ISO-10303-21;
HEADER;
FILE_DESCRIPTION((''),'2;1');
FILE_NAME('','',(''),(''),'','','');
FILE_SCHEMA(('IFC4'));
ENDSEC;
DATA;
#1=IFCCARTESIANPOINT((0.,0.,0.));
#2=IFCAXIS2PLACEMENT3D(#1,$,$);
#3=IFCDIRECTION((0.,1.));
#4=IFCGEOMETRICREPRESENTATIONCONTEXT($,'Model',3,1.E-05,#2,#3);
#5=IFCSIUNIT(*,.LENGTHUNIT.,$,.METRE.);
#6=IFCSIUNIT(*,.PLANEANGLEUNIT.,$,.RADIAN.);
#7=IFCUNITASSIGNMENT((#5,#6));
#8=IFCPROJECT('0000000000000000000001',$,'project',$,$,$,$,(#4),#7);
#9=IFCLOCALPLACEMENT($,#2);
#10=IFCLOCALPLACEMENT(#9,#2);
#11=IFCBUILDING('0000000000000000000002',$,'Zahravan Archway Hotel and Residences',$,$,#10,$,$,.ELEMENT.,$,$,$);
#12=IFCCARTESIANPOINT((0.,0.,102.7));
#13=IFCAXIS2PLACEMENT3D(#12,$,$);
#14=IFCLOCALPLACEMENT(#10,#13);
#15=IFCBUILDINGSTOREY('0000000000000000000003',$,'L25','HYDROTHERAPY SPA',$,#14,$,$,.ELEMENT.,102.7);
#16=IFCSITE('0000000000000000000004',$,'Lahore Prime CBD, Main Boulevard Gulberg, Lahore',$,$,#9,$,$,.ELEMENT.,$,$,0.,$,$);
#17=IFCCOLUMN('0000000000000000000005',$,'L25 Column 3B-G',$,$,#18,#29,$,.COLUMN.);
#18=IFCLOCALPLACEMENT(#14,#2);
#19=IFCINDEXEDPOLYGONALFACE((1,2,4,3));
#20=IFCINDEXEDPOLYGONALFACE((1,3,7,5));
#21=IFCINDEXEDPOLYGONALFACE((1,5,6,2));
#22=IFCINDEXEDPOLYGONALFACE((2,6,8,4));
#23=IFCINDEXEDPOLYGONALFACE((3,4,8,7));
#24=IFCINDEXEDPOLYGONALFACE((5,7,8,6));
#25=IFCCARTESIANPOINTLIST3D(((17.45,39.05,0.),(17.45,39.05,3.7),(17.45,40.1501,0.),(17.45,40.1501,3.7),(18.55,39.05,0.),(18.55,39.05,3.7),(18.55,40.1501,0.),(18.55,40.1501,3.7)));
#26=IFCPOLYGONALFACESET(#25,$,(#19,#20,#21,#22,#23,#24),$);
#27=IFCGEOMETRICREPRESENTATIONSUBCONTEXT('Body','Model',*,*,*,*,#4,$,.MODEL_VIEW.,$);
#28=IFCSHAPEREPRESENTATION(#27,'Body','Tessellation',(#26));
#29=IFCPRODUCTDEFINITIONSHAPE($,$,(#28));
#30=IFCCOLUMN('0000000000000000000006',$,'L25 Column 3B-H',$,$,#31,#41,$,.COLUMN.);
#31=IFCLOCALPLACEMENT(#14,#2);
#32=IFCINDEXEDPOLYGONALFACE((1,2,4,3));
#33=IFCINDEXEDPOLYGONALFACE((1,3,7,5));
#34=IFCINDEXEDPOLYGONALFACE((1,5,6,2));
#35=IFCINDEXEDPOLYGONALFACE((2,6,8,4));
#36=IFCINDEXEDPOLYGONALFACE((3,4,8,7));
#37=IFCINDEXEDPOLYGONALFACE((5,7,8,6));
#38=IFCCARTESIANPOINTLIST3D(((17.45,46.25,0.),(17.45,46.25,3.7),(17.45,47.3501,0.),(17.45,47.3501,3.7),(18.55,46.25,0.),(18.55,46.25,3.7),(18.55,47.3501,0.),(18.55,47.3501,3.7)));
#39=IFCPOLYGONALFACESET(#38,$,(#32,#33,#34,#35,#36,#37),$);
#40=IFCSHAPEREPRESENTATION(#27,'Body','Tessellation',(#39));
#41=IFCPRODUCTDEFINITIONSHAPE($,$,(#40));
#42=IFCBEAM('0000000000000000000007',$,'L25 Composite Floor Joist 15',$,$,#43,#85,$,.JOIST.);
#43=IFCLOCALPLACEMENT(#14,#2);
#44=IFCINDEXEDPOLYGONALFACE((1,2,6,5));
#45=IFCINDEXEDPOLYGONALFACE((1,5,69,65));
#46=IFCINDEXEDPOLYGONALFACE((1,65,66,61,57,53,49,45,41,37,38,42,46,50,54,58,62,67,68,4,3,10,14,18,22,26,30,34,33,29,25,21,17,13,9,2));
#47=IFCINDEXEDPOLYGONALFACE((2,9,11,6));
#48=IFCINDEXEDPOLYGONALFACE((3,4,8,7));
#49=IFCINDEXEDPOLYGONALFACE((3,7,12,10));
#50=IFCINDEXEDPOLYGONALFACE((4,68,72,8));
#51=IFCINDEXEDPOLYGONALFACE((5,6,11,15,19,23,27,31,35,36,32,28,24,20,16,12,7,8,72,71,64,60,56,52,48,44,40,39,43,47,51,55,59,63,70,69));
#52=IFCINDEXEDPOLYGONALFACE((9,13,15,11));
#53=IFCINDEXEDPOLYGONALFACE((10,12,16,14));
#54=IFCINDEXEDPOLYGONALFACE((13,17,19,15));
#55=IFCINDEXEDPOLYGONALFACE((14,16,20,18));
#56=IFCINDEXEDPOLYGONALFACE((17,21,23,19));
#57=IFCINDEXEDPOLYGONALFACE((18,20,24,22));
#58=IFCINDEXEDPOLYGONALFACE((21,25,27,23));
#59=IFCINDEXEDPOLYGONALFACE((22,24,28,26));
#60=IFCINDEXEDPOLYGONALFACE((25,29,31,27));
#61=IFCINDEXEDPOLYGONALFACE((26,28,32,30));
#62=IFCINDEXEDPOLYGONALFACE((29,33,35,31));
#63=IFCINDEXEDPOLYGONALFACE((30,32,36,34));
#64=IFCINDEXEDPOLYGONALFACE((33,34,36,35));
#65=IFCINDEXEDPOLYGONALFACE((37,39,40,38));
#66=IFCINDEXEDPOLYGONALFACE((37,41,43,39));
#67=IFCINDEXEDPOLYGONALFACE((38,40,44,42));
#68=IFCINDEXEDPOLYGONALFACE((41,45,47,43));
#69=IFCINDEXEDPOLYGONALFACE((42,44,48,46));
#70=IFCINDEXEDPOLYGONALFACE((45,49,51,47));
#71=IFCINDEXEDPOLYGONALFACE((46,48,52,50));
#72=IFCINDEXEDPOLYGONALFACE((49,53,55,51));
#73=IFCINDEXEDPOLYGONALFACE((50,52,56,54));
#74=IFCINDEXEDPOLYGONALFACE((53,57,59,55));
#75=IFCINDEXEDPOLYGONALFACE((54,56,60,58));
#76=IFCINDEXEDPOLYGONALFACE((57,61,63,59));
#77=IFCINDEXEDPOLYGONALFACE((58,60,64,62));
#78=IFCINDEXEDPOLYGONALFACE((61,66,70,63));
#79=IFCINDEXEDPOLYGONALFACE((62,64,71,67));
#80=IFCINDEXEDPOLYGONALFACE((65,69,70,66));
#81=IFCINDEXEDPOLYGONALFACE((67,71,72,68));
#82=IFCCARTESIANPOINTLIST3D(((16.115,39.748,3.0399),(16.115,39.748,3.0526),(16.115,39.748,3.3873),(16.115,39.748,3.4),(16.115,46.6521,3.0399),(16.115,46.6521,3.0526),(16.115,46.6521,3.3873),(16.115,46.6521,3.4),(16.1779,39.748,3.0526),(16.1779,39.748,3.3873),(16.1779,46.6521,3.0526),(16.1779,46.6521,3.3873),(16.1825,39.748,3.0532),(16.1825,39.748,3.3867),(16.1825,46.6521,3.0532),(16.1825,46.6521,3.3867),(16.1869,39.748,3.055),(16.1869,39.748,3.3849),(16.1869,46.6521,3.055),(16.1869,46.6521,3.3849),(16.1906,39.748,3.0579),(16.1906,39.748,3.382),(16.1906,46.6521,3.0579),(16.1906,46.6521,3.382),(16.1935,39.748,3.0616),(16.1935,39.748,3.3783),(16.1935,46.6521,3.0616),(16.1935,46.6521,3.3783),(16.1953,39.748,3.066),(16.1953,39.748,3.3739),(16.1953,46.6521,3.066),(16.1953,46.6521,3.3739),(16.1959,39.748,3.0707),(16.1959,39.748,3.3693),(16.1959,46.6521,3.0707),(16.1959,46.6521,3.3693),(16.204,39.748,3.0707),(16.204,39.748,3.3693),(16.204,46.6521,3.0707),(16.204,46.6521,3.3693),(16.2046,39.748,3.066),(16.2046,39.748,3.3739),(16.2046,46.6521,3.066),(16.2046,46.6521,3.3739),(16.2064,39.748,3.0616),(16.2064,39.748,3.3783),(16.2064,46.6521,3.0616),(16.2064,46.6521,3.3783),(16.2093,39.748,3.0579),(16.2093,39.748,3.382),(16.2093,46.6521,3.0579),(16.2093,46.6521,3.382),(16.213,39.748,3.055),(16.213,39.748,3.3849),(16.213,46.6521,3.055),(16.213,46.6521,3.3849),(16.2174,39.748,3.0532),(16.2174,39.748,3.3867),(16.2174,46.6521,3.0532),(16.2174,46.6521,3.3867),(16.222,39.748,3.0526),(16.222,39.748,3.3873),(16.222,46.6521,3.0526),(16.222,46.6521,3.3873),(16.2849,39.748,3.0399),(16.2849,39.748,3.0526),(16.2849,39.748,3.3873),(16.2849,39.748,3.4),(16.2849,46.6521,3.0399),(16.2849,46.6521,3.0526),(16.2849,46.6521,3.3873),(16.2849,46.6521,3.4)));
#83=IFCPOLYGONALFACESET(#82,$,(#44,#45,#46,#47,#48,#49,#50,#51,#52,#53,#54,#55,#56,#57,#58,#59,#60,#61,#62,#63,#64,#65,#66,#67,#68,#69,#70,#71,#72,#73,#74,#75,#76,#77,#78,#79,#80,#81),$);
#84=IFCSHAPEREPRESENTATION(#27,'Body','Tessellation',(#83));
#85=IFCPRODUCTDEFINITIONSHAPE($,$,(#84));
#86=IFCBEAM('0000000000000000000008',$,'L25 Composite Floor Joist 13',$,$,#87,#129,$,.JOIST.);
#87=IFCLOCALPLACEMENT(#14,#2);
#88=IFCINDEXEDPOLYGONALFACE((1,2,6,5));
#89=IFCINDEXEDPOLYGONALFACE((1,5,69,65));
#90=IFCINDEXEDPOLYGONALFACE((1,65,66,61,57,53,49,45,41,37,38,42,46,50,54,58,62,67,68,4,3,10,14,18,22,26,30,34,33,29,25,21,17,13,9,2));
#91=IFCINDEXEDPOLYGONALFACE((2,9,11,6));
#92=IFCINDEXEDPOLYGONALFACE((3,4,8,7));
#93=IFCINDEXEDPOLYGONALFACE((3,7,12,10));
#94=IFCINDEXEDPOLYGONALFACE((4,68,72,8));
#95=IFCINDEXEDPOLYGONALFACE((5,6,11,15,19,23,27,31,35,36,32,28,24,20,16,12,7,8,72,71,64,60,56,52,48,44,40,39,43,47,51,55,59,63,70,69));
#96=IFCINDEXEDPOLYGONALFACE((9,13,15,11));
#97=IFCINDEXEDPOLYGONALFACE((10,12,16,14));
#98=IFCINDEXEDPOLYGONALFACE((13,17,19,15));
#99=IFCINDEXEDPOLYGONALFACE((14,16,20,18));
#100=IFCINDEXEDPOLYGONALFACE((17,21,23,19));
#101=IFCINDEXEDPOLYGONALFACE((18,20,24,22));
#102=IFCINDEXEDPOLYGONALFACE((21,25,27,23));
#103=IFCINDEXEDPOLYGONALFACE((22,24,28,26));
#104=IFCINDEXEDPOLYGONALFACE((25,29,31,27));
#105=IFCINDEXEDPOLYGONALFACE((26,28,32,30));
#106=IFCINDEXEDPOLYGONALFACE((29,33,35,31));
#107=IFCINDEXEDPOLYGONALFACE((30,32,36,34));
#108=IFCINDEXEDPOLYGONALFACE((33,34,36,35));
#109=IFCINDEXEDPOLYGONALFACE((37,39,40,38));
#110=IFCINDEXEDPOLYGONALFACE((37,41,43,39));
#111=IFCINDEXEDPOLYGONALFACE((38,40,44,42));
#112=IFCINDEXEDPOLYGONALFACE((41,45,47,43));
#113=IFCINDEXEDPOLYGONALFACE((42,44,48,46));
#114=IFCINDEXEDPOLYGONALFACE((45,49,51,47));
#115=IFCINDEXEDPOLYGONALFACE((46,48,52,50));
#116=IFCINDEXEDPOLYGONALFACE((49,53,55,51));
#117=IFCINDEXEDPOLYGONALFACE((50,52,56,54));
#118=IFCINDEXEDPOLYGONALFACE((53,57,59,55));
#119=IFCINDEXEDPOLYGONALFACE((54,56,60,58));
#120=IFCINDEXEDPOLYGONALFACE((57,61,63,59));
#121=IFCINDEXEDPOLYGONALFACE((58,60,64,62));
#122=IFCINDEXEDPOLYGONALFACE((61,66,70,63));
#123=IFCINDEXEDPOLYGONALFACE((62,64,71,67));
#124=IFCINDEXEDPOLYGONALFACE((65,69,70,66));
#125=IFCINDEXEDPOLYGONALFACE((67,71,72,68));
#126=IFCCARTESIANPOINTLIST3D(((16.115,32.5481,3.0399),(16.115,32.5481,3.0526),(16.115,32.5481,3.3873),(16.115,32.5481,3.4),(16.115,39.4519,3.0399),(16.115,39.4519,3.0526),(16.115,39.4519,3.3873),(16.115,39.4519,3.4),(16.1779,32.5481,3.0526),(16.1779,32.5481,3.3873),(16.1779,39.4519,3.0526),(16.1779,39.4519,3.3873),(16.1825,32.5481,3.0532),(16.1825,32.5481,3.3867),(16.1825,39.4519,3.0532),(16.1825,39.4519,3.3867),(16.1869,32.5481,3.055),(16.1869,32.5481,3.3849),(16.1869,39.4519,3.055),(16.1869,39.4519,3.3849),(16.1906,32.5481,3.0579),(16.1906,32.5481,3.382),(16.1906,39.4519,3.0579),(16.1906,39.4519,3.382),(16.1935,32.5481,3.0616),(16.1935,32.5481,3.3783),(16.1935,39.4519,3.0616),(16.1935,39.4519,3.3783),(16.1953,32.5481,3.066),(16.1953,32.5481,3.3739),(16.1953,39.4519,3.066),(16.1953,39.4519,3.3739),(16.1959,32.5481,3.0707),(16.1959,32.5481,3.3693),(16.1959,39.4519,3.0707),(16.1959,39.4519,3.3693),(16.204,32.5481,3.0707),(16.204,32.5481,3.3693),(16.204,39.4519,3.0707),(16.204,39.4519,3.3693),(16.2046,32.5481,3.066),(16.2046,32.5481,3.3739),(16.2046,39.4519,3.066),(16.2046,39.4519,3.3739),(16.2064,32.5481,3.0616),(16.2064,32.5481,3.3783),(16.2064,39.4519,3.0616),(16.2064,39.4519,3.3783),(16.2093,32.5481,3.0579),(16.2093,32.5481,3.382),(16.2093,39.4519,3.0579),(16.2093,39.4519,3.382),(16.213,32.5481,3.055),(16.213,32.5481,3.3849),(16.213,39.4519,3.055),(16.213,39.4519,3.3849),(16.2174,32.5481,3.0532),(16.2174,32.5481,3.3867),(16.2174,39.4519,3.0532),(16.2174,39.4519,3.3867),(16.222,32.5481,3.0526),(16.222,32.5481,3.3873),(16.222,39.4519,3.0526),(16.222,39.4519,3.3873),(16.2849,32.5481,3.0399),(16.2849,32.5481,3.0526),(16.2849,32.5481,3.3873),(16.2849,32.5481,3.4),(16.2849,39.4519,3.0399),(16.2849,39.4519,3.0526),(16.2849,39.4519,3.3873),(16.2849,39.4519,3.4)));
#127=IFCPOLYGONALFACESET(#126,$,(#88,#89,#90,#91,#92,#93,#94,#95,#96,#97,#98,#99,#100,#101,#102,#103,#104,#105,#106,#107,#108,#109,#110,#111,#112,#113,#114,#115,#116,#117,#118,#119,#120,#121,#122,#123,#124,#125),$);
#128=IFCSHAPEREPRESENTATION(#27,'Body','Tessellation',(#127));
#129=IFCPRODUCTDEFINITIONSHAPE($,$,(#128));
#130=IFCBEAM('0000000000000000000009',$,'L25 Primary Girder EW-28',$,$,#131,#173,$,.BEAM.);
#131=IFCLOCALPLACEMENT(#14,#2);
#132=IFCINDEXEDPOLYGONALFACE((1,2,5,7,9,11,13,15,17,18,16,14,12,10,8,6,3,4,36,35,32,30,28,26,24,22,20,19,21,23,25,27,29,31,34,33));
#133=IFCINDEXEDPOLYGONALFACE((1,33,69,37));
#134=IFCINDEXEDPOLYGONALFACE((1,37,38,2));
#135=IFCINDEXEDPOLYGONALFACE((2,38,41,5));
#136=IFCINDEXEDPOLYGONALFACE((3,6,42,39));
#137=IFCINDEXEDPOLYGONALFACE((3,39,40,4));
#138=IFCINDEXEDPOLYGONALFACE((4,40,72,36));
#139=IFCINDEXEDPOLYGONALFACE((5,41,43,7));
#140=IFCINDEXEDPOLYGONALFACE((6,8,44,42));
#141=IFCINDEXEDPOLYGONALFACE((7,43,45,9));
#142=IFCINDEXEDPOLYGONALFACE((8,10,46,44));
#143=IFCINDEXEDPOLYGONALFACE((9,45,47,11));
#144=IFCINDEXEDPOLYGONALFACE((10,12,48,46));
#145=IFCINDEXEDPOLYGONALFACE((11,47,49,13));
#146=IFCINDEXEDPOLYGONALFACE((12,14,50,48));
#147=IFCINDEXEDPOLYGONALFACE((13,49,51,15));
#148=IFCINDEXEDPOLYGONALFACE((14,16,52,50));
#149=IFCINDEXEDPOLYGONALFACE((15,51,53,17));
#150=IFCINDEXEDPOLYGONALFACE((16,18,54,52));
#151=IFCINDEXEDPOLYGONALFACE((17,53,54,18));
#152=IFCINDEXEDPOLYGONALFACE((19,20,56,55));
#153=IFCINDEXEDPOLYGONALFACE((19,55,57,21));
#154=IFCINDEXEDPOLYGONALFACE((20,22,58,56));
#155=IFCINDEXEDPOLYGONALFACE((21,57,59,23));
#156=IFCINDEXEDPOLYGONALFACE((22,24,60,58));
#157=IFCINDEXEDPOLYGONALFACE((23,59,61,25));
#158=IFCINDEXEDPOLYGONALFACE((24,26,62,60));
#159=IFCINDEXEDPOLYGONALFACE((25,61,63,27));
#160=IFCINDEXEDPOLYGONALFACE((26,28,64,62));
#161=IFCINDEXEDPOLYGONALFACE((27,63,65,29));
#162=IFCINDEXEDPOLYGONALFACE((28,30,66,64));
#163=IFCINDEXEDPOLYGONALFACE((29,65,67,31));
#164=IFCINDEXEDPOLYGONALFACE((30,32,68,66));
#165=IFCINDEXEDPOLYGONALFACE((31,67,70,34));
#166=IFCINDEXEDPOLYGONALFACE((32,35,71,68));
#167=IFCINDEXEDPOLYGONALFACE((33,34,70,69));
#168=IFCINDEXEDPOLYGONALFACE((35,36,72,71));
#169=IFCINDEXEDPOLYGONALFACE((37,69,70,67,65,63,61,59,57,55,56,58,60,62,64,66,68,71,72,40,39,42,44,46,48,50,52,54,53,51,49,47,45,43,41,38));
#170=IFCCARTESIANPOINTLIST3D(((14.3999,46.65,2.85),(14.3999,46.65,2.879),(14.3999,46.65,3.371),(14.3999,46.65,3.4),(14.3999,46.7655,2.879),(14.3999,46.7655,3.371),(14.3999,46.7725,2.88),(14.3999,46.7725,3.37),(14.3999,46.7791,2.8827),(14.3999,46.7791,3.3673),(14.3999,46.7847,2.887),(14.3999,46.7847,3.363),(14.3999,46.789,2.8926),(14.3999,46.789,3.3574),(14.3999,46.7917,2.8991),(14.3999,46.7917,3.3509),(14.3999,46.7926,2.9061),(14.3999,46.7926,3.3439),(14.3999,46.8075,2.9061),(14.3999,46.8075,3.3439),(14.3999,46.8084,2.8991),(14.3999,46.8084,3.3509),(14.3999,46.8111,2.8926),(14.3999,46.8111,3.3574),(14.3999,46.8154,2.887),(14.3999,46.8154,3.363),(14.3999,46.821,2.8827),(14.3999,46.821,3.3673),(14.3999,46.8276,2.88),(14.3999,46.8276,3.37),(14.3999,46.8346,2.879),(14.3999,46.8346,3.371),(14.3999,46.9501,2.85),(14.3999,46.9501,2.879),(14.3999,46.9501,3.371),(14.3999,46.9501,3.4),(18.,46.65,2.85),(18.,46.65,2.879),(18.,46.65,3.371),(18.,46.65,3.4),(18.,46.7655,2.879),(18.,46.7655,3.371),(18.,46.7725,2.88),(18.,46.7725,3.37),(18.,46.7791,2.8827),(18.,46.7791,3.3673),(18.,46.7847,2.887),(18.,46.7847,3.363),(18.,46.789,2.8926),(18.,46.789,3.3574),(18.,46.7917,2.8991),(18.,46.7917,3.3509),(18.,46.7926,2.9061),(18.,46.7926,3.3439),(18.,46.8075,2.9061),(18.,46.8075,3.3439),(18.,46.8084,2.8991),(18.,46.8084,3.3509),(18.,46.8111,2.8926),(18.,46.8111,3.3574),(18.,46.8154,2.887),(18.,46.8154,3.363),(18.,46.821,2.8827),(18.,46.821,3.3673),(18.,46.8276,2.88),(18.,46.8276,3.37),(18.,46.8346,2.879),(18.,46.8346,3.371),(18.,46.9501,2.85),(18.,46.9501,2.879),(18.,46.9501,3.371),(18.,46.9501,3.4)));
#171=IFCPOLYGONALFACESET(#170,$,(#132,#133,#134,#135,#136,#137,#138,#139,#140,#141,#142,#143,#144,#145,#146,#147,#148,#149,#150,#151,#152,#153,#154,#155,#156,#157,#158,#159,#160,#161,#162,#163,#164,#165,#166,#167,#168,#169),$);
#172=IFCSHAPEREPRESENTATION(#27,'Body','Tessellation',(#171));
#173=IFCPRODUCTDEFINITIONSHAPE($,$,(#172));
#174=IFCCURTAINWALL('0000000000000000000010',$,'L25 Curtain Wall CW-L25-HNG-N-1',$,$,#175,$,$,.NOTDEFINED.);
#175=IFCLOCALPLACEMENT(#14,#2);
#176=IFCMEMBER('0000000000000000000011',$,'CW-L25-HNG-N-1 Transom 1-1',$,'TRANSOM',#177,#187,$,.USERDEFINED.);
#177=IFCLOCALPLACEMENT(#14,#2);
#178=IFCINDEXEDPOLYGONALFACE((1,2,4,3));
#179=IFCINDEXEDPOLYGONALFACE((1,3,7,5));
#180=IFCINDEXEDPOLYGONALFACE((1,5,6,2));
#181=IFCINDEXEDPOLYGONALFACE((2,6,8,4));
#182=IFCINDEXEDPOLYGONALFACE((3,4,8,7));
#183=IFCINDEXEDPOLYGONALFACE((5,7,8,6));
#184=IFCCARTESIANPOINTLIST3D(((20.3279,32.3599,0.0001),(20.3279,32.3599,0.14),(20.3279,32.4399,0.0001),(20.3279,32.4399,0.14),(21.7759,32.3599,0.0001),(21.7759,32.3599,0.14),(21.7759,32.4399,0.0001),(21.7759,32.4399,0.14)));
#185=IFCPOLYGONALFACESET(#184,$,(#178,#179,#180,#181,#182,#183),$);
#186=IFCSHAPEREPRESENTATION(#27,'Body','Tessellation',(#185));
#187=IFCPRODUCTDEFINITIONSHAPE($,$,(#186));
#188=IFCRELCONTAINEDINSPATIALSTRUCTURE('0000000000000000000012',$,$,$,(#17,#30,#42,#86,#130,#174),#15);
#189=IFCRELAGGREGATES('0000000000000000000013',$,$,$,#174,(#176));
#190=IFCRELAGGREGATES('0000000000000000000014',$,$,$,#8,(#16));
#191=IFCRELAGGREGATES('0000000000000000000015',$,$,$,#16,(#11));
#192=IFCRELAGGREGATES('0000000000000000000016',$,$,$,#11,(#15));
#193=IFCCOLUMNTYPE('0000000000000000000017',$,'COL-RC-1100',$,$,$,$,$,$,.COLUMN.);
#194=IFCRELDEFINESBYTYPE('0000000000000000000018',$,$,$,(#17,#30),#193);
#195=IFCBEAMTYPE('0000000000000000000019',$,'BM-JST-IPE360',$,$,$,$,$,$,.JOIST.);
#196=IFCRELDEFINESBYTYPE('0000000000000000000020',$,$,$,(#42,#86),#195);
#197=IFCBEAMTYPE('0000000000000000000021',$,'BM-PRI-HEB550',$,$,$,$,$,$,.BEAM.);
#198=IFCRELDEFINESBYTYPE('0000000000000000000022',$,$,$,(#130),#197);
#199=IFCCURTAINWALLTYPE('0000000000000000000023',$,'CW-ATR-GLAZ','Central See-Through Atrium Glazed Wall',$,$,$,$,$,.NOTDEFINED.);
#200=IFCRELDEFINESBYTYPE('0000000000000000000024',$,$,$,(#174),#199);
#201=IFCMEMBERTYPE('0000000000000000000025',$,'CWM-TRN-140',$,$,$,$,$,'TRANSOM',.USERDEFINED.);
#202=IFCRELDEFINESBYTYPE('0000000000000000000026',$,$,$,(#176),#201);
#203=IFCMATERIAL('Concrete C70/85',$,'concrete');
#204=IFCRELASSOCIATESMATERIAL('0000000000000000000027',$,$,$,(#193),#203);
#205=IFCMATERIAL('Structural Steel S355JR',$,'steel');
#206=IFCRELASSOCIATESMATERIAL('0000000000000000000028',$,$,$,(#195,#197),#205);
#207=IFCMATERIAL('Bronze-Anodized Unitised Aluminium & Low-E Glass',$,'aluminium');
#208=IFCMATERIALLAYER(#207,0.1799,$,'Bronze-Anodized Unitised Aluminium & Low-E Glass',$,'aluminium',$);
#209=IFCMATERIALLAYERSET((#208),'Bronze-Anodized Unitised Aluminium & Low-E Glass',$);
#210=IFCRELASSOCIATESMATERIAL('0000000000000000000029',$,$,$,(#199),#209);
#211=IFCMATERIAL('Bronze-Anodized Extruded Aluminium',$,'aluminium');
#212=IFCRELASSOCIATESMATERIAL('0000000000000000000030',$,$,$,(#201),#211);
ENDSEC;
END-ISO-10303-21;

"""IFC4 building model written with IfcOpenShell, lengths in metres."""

from ifc_helpers import new_model, si_unit, direction, frame, origin, origin_2d, place, context, subcontext, project, spatial, rectangle, i_section, extrude, source, transform, mapped, material, layer, layer_set, material_profile, profile_set, type_object, type_shapes, element, aggregate, save


model = new_model("IFC4")

# Units and contexts
model_context = context("Model", 3, precision=1e-05, world=origin(), true_north=direction((0.0, 1.0)))
body_context = subcontext(model_context, "Body", "Model", "MODEL_VIEW")
ifc_project = project(units=[si_unit("LENGTHUNIT", "METRE"), si_unit("PLANEANGLEUNIT", "RADIAN")], contexts=[model_context])

# Site, building, storey
site_placement = place(None, origin())
site = spatial("IfcSite", under=ifc_project, at=site_placement, Name="Lahore Prime CBD, Main Boulevard Gulberg, Lahore", CompositionType="ELEMENT", RefElevation=0.0)
building_placement = place(site_placement, origin())
building = spatial("IfcBuilding", under=site, at=building_placement, Name="Zahravan Archway Hotel and Residences", CompositionType="ELEMENT")
storey_placement = place(building_placement, frame((0.0, 0.0, 102.7)))
storey = spatial("IfcBuildingStorey", under=building, at=storey_placement, Name="L25", Description="HYDROTHERAPY SPA", CompositionType="ELEMENT", Elevation=102.7)

# Columns
ifc_material_1 = material(Name="Concrete C70/85", Category="concrete")
ifc_material_profile_1 = material_profile(ifc_material_1, rectangle(XDim=1.1001, YDim=1.1001, at=origin_2d()), Name="RC 1100x1100", Category="concrete")
ifc_profile_set_1 = profile_set([ifc_material_profile_1], Name="Concrete C70/85")
column_type = type_object("IfcColumnType", Name="COL-RC-1100", PredefinedType="COLUMN", material=ifc_profile_set_1)
shared_shape_1 = source(origin(), body_context, "Body", "SweptSolid", [
    extrude(rectangle(XDim=1.1001, YDim=1.1001, at=origin_2d()), origin(), (0.0, 0.0, 1.0), 3.7),
])
for number, where, z_axis, x_axis, name in (
    (1, (18.0, 39.6001, 0.0), (0.0, 0.0, 1.0), (1.0, 0.0, 0.0), "L25 Column 3B-G"),
    (2, (18.0, 46.8, 0.0), (0.0, 0.0, 1.0), (1.0, 0.0, 0.0), "L25 Column 3B-H"),
):
    element("IfcColumn", number, at=place(storey_placement, frame(where, z_axis=z_axis, x_axis=x_axis)), inside=storey, type_object=column_type, Name=name, PredefinedType="COLUMN", context=body_context, shape_type="MappedRepresentation", body=[
        mapped(shared_shape_1, transform((0.0, 0.0, 0.0), scale=1.0)),
    ])

# Beams
ifc_material_2 = material(Name="Structural Steel S355JR", Category="steel")
ifc_material_profile_2 = material_profile(ifc_material_2, i_section(OverallWidth=0.1699, OverallDepth=0.3601, WebThickness=0.0081, FlangeThickness=0.0127, FilletRadius=0.0181, at=origin_2d()), Name="IPE 360", Category="steel")
ifc_profile_set_2 = profile_set([ifc_material_profile_2], Name="Structural Steel S355JR")
beam_type_1 = type_object("IfcBeamType", Name="BM-JST-IPE360", PredefinedType="JOIST", material=ifc_profile_set_2)
shared_shape_2 = source(origin(), body_context, "Body", "SweptSolid", [
    extrude(i_section(OverallWidth=0.1699, OverallDepth=0.3601, WebThickness=0.0081, FlangeThickness=0.0127, FilletRadius=0.0181, at=origin_2d()), origin(), (0.0, 0.0, 1.0), 6.9041),
])
type_shapes(beam_type_1, [shared_shape_2])
beam_1_placement = place(storey_placement, frame((16.2, 39.748, 3.22), z_axis=(0.0, 1.0, 0.0), x_axis=(-1.0, 0.0, 0.0)))
element("IfcBeam", 3, at=beam_1_placement, inside=storey, type_object=beam_type_1, Name="L25 Composite Floor Joist 15", PredefinedType="JOIST", context=body_context, shape_type="MappedRepresentation", body=[
    mapped(shared_shape_2, transform((0.0, 0.0, 0.0), scale=1.0)),
])
shared_shape_3 = source(origin(), body_context, "Body", "SweptSolid", [
    extrude(i_section(OverallWidth=0.1699, OverallDepth=0.3601, WebThickness=0.0081, FlangeThickness=0.0127, FilletRadius=0.0181, at=origin_2d()), origin(), (0.0, 0.0, 1.0), 6.9038),
])
beam_2_placement = place(storey_placement, frame((16.2, 32.5481, 3.22), z_axis=(0.0, 1.0, 0.0), x_axis=(-1.0, 0.0, 0.0)))
element("IfcBeam", 4, at=beam_2_placement, inside=storey, type_object=beam_type_1, Name="L25 Composite Floor Joist 13", PredefinedType="JOIST", context=body_context, shape_type="MappedRepresentation", body=[
    mapped(shared_shape_3, transform((0.0, 0.0, 0.0), scale=1.0)),
])
ifc_material_profile_3 = material_profile(ifc_material_2, i_section(OverallWidth=0.3, OverallDepth=0.55, WebThickness=0.0149, FlangeThickness=0.0291, FilletRadius=0.0271, at=origin_2d()), Name="HEB 550", Category="steel")
ifc_profile_set_3 = profile_set([ifc_material_profile_3], Name="Structural Steel S355JR")
beam_type_2 = type_object("IfcBeamType", Name="BM-PRI-HEB550", PredefinedType="BEAM", material=ifc_profile_set_3)
shared_shape_4 = source(origin(), body_context, "Body", "SweptSolid", [
    extrude(i_section(OverallWidth=0.3, OverallDepth=0.55, WebThickness=0.0149, FlangeThickness=0.0291, FilletRadius=0.0271, at=origin_2d()), origin(), (0.0, 0.0, 1.0), 3.6001),
])
beam_3_placement = place(storey_placement, frame((14.3999, 46.8, 3.125), z_axis=(1.0, 0.0, 0.0), x_axis=(0.0, 1.0, 0.0)))
element("IfcBeam", 5, at=beam_3_placement, inside=storey, type_object=beam_type_2, Name="L25 Primary Girder EW-28", PredefinedType="BEAM", context=body_context, shape_type="MappedRepresentation", body=[
    mapped(shared_shape_4, transform((0.0, 0.0, 0.0), scale=1.0)),
])

# Curtain wall, member
ifc_material_3 = material(Name="Bronze-Anodized Unitised Aluminium & Low-E Glass", Category="aluminium")
ifc_layer_1 = layer(ifc_material_3, 0.1799, Name="Bronze-Anodized Unitised Aluminium & Low-E Glass", Category="aluminium")
ifc_layer_set_1 = layer_set([ifc_layer_1], Name="Bronze-Anodized Unitised Aluminium & Low-E Glass")
curtain_wall_type = type_object("IfcCurtainWallType", Name="CW-ATR-GLAZ", Description="Central See-Through Atrium Glazed Wall", PredefinedType="NOTDEFINED", material=ifc_layer_set_1)
curtain_wall_placement = place(storey_placement, origin())
curtain_wall = element("IfcCurtainWall", 6, at=curtain_wall_placement, inside=storey, type_object=curtain_wall_type, Name="L25 Curtain Wall CW-L25-HNG-N-1", PredefinedType="NOTDEFINED")
ifc_material_4 = material(Name="Bronze-Anodized Extruded Aluminium", Category="aluminium")
ifc_material_profile_4 = material_profile(ifc_material_4, rectangle(XDim=0.0801, YDim=0.1399, at=origin_2d()), Name="TRN 80x140", Category="aluminium")
ifc_profile_set_4 = profile_set([ifc_material_profile_4], Name="Bronze-Anodized Extruded Aluminium")
member_type_1 = type_object("IfcMemberType", Name="CWM-TRN-140", ElementType="TRANSOM", PredefinedType="USERDEFINED", material=ifc_profile_set_4)
shared_shape_5 = source(origin(), body_context, "Body", "SweptSolid", [
    extrude(rectangle(XDim=0.0801, YDim=0.1399, at=origin_2d()), origin(), (0.0, 0.0, 1.0), 1.448),
])
member_1_placement = place(storey_placement, frame((20.3279, 32.3999, 0.0701), z_axis=(1.0, 0.0, 0.0), x_axis=(0.0, 1.0, 0.0)))
member_1 = element("IfcMember", 7, at=member_1_placement, type_object=member_type_1, Name="CW-L25-HNG-N-1 Transom 1-1", ObjectType="TRANSOM", PredefinedType="USERDEFINED", context=body_context, shape_type="MappedRepresentation", body=[
    mapped(shared_shape_5, transform((0.0, 0.0, 0.0), scale=1.0)),
])
aggregate(curtain_wall, [member_1])

save(model, "model.ifc")
